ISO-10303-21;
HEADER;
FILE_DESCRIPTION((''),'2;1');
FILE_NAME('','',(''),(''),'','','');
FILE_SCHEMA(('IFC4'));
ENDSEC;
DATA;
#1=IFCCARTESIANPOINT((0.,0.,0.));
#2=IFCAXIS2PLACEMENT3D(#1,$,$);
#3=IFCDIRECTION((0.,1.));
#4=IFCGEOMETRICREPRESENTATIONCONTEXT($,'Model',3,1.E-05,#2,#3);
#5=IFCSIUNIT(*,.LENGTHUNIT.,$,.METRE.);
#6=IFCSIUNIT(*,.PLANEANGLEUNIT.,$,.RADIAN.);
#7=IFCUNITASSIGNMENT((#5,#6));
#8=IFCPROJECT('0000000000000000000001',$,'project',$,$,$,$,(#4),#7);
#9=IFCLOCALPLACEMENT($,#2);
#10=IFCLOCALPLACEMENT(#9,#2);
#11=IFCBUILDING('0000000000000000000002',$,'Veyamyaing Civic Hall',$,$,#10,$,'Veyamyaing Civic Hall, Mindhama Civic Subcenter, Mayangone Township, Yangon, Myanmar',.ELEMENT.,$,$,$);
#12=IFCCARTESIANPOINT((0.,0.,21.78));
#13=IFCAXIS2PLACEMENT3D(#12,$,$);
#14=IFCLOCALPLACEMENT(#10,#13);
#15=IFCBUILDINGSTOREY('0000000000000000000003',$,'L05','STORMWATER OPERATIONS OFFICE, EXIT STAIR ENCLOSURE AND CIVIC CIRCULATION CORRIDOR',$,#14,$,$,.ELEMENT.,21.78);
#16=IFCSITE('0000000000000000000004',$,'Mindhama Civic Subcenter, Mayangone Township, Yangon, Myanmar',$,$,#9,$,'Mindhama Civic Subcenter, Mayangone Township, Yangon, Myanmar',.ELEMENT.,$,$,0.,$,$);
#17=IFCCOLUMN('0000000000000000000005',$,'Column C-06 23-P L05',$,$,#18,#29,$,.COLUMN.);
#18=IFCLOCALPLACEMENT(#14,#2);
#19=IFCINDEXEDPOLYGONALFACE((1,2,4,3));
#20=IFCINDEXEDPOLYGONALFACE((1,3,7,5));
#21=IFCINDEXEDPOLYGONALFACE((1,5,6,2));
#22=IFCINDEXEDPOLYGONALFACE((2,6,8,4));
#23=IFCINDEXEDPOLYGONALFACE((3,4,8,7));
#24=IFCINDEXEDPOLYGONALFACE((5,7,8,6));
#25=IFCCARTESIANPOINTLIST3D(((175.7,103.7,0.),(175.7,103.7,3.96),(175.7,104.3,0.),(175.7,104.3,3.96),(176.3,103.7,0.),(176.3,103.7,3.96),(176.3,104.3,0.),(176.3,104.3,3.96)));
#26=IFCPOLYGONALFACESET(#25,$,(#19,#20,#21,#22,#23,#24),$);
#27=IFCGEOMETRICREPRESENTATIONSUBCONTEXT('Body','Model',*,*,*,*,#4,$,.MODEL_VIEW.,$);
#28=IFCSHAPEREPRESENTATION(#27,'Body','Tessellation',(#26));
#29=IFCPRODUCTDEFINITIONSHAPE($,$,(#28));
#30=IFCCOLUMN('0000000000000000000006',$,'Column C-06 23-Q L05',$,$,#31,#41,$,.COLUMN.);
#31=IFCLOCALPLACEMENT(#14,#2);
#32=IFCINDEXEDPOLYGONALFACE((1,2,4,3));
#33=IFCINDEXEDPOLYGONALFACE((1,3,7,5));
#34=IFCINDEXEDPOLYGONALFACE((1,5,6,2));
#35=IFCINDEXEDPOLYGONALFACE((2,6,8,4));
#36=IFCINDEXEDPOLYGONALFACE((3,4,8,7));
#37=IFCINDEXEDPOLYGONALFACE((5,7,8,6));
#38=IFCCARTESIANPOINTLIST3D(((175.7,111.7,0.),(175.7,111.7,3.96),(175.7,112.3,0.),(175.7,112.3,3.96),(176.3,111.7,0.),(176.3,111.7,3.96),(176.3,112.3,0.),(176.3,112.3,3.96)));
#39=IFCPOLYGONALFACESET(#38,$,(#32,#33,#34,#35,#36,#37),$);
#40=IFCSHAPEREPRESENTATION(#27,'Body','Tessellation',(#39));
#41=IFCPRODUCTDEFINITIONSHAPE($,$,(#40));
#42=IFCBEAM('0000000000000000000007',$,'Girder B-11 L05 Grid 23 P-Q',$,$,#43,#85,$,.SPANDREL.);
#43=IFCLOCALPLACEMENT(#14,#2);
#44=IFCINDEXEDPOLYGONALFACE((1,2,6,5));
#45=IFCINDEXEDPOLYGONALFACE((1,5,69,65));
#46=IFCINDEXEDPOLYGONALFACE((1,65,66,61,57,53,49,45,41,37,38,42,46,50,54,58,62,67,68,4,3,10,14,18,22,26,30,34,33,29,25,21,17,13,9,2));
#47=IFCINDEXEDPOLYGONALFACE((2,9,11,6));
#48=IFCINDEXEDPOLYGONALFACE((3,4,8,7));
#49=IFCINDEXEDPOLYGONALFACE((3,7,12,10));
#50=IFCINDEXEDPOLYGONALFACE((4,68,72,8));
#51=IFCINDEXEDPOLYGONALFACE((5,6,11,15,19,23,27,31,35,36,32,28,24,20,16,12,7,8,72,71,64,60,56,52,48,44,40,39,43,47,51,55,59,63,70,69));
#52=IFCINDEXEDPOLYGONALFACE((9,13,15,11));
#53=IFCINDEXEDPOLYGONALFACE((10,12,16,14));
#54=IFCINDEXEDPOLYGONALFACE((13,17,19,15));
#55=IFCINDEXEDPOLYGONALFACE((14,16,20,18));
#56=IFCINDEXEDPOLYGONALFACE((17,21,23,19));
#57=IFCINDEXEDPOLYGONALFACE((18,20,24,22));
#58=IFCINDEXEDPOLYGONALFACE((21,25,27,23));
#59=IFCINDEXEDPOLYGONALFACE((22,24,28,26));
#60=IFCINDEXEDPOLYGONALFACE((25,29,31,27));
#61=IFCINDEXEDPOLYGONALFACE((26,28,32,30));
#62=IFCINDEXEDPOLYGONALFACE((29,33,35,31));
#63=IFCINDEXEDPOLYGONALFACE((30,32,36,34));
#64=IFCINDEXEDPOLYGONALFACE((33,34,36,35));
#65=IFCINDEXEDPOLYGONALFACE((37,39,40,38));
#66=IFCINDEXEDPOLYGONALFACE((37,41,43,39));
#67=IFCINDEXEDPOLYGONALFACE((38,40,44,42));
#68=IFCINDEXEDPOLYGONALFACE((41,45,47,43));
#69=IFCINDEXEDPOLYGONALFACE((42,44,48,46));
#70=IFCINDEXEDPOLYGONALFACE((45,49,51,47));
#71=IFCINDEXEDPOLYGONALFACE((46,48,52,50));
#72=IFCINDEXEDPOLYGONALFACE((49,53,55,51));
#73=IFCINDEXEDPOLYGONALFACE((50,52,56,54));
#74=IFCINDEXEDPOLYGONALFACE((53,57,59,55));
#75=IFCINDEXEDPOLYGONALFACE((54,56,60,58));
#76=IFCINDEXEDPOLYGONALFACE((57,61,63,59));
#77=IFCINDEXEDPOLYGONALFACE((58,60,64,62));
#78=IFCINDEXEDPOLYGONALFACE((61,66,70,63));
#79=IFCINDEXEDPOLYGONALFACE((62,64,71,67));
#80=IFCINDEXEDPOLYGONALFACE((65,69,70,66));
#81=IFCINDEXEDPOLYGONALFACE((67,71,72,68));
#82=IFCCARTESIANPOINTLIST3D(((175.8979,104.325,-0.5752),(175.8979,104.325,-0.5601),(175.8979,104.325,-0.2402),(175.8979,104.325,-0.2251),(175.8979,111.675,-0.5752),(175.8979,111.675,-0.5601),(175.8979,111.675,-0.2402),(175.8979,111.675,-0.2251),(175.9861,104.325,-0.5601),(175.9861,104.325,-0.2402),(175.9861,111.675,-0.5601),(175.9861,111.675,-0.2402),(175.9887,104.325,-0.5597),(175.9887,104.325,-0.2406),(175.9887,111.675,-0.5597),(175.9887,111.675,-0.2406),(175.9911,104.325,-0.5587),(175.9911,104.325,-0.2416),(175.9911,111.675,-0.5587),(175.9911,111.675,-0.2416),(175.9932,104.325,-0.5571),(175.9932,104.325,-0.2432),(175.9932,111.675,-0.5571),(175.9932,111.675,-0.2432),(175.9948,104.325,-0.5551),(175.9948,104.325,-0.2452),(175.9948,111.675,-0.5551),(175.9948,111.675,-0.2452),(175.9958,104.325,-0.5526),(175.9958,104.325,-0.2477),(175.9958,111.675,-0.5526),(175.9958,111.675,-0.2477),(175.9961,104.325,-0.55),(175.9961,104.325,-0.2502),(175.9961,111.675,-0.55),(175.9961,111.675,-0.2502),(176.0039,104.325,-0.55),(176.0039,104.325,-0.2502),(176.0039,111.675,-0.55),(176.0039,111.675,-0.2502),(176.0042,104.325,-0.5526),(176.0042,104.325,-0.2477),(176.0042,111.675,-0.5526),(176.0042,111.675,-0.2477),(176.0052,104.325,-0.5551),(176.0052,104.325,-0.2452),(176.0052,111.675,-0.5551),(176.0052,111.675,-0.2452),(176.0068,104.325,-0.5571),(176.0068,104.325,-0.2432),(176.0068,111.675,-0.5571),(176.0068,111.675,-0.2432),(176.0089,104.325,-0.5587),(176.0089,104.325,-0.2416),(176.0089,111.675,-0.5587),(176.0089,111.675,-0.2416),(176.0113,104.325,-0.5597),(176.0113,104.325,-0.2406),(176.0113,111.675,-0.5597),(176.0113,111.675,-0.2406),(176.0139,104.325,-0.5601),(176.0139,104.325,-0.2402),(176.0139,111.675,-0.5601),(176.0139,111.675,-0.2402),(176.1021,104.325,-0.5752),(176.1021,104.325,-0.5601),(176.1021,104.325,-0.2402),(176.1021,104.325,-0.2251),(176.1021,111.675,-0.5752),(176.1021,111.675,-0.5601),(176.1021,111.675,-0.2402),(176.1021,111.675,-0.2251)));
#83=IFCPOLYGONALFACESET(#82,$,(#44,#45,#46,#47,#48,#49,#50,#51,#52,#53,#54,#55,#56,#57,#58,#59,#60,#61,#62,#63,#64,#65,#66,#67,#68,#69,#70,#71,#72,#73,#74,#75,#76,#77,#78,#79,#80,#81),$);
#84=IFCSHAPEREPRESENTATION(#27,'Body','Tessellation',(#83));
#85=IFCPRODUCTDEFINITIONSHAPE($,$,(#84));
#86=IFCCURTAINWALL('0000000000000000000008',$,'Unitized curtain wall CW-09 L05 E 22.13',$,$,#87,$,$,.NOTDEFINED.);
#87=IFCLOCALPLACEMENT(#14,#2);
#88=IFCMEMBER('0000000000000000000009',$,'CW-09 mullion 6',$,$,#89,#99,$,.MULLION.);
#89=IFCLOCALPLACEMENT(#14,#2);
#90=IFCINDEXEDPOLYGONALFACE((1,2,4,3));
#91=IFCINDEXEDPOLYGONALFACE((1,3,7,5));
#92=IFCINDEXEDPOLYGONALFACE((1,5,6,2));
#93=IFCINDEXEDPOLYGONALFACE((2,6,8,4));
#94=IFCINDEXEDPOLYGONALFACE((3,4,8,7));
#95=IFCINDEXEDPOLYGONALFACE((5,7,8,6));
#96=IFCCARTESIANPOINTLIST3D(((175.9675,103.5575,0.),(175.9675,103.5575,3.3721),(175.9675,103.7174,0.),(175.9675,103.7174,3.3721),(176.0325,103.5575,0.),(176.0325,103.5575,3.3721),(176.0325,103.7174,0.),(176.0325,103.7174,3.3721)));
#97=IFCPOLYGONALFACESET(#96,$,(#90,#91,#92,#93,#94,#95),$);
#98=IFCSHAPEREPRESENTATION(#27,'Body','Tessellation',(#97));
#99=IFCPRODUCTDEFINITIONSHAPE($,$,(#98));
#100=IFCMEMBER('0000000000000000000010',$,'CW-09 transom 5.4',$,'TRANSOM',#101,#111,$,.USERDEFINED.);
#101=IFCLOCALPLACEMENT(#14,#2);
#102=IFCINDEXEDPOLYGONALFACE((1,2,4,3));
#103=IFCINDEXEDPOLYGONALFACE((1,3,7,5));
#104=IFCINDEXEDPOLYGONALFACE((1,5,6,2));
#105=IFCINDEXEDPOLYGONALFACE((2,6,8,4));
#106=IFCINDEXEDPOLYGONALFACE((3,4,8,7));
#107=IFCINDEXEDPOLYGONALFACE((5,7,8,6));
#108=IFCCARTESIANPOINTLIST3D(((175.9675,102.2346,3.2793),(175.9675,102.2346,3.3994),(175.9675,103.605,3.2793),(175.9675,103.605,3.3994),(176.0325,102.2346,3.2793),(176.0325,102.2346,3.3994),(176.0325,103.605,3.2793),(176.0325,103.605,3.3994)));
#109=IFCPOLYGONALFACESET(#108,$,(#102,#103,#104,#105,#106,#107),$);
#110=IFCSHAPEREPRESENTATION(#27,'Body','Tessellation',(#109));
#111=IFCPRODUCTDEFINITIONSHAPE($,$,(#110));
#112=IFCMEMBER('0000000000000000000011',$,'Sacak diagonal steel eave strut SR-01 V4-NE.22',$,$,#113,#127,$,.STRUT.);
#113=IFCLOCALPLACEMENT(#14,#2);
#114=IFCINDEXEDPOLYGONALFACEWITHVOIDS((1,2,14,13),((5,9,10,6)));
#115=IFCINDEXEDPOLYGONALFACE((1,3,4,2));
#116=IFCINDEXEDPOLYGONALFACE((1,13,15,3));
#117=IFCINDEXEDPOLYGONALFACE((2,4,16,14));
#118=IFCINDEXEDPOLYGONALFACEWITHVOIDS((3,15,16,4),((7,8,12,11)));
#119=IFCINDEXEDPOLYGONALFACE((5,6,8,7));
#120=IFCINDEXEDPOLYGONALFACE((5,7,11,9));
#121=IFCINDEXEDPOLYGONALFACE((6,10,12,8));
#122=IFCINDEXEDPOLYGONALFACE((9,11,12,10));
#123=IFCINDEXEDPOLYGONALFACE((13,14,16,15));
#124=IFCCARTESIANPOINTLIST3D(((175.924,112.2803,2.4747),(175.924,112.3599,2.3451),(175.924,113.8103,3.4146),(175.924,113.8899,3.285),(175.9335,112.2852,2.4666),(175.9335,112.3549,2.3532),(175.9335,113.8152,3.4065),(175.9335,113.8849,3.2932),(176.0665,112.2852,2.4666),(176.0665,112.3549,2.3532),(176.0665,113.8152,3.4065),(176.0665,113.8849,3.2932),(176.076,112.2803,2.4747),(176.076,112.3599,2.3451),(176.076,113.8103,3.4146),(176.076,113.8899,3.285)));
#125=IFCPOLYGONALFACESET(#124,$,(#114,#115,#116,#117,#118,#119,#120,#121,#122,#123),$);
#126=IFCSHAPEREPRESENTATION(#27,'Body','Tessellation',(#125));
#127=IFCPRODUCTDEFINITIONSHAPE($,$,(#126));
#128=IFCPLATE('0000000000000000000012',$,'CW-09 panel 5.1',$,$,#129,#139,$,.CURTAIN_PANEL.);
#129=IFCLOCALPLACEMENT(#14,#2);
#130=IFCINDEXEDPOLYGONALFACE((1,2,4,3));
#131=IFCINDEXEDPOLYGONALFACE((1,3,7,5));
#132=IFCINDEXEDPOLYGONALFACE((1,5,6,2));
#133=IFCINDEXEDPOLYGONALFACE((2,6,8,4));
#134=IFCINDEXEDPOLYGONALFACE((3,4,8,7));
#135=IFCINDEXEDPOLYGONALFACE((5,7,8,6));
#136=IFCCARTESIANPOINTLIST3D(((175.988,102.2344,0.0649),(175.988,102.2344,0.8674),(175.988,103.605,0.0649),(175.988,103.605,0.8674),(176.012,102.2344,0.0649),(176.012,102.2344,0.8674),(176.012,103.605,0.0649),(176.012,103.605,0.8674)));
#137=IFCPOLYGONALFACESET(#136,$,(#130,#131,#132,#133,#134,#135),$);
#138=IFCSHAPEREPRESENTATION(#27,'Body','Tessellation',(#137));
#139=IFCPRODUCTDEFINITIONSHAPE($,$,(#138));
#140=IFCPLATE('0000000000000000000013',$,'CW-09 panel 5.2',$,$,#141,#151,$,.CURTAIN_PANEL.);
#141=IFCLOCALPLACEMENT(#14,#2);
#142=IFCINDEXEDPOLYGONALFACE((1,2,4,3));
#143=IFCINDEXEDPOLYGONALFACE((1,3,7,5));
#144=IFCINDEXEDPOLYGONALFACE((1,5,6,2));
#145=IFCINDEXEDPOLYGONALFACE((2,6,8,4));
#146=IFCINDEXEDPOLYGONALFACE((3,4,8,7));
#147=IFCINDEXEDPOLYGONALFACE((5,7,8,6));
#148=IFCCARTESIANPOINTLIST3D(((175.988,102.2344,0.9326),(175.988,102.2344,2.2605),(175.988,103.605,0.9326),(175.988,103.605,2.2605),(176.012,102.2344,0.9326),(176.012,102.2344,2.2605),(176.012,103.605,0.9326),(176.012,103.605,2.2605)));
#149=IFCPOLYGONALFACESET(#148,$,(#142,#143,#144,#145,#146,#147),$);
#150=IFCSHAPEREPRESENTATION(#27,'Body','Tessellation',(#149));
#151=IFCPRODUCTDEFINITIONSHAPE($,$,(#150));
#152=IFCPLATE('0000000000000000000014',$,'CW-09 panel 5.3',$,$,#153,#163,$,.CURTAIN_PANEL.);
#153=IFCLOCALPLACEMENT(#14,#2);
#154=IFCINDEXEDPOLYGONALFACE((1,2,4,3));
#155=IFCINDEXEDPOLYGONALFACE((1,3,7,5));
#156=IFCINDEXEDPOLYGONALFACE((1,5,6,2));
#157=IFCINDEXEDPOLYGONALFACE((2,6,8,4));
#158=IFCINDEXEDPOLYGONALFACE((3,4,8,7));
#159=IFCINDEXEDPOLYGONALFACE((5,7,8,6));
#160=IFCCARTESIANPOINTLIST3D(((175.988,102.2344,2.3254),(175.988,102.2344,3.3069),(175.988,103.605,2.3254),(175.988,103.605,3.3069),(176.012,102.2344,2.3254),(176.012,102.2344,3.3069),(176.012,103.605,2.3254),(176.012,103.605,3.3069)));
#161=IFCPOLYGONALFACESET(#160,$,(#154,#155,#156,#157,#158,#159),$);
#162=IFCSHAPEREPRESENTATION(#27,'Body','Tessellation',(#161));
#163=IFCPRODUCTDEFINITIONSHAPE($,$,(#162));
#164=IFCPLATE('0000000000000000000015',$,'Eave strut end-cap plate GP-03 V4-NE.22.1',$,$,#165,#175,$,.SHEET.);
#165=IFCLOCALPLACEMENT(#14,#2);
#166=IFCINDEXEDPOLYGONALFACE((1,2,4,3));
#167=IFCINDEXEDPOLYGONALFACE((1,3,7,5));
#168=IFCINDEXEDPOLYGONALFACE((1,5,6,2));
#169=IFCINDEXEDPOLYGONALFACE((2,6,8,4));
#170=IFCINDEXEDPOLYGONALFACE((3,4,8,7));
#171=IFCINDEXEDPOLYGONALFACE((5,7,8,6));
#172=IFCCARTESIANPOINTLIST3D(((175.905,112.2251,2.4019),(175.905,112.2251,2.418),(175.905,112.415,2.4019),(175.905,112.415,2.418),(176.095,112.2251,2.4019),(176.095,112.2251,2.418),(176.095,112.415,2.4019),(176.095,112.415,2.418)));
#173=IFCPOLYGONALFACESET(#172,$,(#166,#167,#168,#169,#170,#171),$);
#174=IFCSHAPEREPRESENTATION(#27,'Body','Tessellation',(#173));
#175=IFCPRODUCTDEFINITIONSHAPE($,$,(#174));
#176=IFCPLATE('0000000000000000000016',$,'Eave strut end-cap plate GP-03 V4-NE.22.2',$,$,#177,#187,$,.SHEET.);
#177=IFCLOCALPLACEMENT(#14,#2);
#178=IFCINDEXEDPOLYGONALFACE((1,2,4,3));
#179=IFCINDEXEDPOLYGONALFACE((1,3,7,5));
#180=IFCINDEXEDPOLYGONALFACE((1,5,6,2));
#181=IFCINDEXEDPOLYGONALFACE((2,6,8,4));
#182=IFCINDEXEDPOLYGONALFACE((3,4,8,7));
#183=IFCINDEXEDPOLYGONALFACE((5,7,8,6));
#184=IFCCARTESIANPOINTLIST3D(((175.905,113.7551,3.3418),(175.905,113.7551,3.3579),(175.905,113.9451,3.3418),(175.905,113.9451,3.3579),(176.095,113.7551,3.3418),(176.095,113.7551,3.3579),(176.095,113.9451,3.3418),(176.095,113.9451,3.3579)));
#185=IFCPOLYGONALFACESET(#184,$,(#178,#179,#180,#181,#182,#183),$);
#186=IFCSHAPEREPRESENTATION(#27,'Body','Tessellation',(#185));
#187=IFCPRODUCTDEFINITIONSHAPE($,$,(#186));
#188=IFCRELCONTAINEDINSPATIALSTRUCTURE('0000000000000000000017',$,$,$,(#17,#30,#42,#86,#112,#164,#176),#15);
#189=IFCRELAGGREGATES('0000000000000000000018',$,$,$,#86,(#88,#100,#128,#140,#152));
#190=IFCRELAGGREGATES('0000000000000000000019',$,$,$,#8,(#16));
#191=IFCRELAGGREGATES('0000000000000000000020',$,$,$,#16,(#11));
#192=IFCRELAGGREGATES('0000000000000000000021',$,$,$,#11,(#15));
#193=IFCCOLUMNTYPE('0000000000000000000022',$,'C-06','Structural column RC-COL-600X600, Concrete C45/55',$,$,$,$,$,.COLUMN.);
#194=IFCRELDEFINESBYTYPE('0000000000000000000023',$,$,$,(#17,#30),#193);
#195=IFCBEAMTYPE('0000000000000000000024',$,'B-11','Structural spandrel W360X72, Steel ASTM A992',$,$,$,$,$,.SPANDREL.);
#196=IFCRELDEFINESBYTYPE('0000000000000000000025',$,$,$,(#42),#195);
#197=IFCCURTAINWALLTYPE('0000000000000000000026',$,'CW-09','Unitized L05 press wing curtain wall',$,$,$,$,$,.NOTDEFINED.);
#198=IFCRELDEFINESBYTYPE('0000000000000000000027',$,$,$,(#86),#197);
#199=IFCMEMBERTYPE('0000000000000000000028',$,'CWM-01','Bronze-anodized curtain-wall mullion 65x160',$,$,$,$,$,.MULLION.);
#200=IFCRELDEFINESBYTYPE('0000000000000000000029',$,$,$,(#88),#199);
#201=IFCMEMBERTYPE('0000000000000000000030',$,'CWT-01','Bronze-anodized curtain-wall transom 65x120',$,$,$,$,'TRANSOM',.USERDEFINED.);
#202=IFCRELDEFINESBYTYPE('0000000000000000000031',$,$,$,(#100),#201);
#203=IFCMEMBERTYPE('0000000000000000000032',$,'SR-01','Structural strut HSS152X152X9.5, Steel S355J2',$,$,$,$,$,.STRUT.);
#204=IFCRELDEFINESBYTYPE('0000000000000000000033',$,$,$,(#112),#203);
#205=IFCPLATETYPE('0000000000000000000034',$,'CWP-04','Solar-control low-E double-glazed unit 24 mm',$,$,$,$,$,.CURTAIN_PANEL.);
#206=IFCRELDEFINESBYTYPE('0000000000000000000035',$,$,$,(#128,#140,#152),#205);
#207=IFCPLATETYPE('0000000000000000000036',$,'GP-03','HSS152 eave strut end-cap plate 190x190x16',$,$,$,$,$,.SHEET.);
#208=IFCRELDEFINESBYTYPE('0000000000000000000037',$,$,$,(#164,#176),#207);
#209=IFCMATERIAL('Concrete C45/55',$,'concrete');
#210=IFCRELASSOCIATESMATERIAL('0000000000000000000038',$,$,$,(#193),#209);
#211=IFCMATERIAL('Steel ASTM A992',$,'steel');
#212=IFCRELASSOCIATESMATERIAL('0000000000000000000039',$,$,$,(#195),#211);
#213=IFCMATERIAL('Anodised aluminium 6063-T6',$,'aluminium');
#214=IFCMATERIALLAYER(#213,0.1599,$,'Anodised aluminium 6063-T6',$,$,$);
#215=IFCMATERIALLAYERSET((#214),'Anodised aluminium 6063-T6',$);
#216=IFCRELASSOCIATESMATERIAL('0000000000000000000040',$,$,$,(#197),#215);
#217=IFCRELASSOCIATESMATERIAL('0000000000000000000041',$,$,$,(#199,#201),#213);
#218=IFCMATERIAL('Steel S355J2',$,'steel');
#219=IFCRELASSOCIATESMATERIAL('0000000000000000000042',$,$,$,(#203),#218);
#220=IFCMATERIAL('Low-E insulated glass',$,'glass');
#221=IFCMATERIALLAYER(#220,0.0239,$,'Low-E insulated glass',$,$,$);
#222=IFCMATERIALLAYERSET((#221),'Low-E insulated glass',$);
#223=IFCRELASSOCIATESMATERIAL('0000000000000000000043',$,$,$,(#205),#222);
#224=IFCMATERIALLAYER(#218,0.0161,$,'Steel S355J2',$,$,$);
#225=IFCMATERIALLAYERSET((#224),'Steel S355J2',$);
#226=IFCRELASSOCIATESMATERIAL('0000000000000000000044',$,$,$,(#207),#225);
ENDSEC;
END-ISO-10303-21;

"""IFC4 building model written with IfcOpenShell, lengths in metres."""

from ifc_helpers import new_model, si_unit, direction, frame, origin, origin_2d, place, context, subcontext, project, spatial, rectangle, hollow_rectangle, i_section, extrude, material, layer, layer_set, material_profile, profile_set, type_object, element, aggregate, save


model = new_model("IFC4")

# Units and contexts
model_context = context("Model", 3, precision=1e-05, world=origin(), true_north=direction((0.0, 1.0)))
body_context = subcontext(model_context, "Body", "Model", "MODEL_VIEW")
ifc_project = project(units=[si_unit("LENGTHUNIT", "METRE"), si_unit("PLANEANGLEUNIT", "RADIAN")], contexts=[model_context])

# Site, building, storey
site_placement = place(None, origin())
site = spatial("IfcSite", under=ifc_project, at=site_placement, Name="Mindhama Civic Subcenter, Mayangone Township, Yangon, Myanmar", LongName="Mindhama Civic Subcenter, Mayangone Township, Yangon, Myanmar", CompositionType="ELEMENT", RefElevation=0.0)
building_placement = place(site_placement, origin())
building = spatial("IfcBuilding", under=site, at=building_placement, Name="Veyamyaing Civic Hall", LongName="Veyamyaing Civic Hall, Mindhama Civic Subcenter, Mayangone Township, Yangon, Myanmar", CompositionType="ELEMENT")
storey_placement = place(building_placement, frame((0.0, 0.0, 21.78)))
storey = spatial("IfcBuildingStorey", under=building, at=storey_placement, Name="L05", Description="STORMWATER OPERATIONS OFFICE, EXIT STAIR ENCLOSURE AND CIVIC CIRCULATION CORRIDOR", CompositionType="ELEMENT", Elevation=21.78)

# Columns
ifc_material_1 = material(Name="Concrete C45/55", Category="concrete")
ifc_material_profile_1 = material_profile(ifc_material_1, rectangle(XDim=0.6001, YDim=0.6001, at=origin_2d()), Name="RC-COL-600X600")
ifc_profile_set_1 = profile_set([ifc_material_profile_1], Name="Concrete C45/55")
column_type = type_object("IfcColumnType", Name="C-06", Description="Structural column RC-COL-600X600, Concrete C45/55", PredefinedType="COLUMN", material=ifc_profile_set_1)
for number, where, z_axis, x_axis, name in (
    (1, (176.0, 104.0, 0.0), (0.0, 0.0, 1.0), (1.0, 0.0, 0.0), "Column C-06 23-P L05"),
    (2, (176.0, 112.0, 0.0), (0.0, 0.0, 1.0), (1.0, 0.0, 0.0), "Column C-06 23-Q L05"),
):
    element("IfcColumn", number, at=place(storey_placement, frame(where, z_axis=z_axis, x_axis=x_axis)), inside=storey, type_object=column_type, Name=name, PredefinedType="COLUMN", context=body_context, shape_type="SweptSolid", body=[
        extrude(rectangle(XDim=0.6001, YDim=0.6001, at=origin_2d()), origin(), (0.0, 0.0, 1.0), 3.96),
    ])

# Beam
ifc_material_2 = material(Name="Steel ASTM A992", Category="steel")
ifc_material_profile_2 = material_profile(ifc_material_2, i_section(OverallWidth=0.2041, OverallDepth=0.3501, WebThickness=0.0078, FlangeThickness=0.0151, FilletRadius=0.01, at=origin_2d()), Name="W360X72")
ifc_profile_set_2 = profile_set([ifc_material_profile_2], Name="Steel ASTM A992")
beam_type = type_object("IfcBeamType", Name="B-11", Description="Structural spandrel W360X72, Steel ASTM A992", PredefinedType="SPANDREL", material=ifc_profile_set_2)
beam_placement = place(storey_placement, frame((176.0, 104.325, -0.4001), z_axis=(0.0, 1.0, 0.0), x_axis=(-1.0, 0.0, 0.0)))
element("IfcBeam", 3, at=beam_placement, inside=storey, type_object=beam_type, Name="Girder B-11 L05 Grid 23 P-Q", PredefinedType="SPANDREL", context=body_context, shape_type="SweptSolid", body=[
    extrude(i_section(OverallWidth=0.2041, OverallDepth=0.3501, WebThickness=0.0078, FlangeThickness=0.0151, FilletRadius=0.01, at=origin_2d()), origin(), (0.0, 0.0, 1.0), 7.3501),
])

# Curtain wall, members
ifc_material_3 = material(Name="Anodised aluminium 6063-T6", Category="aluminium")
ifc_layer_1 = layer(ifc_material_3, 0.1599, Name="Anodised aluminium 6063-T6")
ifc_layer_set_1 = layer_set([ifc_layer_1], Name="Anodised aluminium 6063-T6")
curtain_wall_type = type_object("IfcCurtainWallType", Name="CW-09", Description="Unitized L05 press wing curtain wall", PredefinedType="NOTDEFINED", material=ifc_layer_set_1)
curtain_wall_placement = place(storey_placement, origin())
curtain_wall = element("IfcCurtainWall", 4, at=curtain_wall_placement, inside=storey, type_object=curtain_wall_type, Name="Unitized curtain wall CW-09 L05 E 22.13", PredefinedType="NOTDEFINED")
ifc_material_profile_3 = material_profile(ifc_material_3, rectangle(XDim=0.0649, YDim=0.1599, at=origin_2d()), Name="ALU-MUL-65X160")
ifc_profile_set_3 = profile_set([ifc_material_profile_3], Name="Anodised aluminium 6063-T6")
member_type_1 = type_object("IfcMemberType", Name="CWM-01", Description="Bronze-anodized curtain-wall mullion 65x160", PredefinedType="MULLION", material=ifc_profile_set_3)
member_1_placement = place(storey_placement, frame((176.0, 103.6375, 0.0), z_axis=(0.0, 0.0, 1.0), x_axis=(-1.0, 0.0, 0.0)))
member_1 = element("IfcMember", 5, at=member_1_placement, type_object=member_type_1, Name="CW-09 mullion 6", PredefinedType="MULLION", context=body_context, shape_type="SweptSolid", body=[
    extrude(rectangle(XDim=0.0649, YDim=0.1599, at=origin_2d()), origin(), (0.0, 0.0, 1.0), 3.3721),
])
ifc_material_profile_4 = material_profile(ifc_material_3, rectangle(XDim=0.0649, YDim=0.1201, at=origin_2d()), Name="ALU-TRN-65X120")
ifc_profile_set_4 = profile_set([ifc_material_profile_4], Name="Anodised aluminium 6063-T6")
member_type_2 = type_object("IfcMemberType", Name="CWT-01", Description="Bronze-anodized curtain-wall transom 65x120", ElementType="TRANSOM", PredefinedType="USERDEFINED", material=ifc_profile_set_4)
member_2_placement = place(storey_placement, frame((176.0, 102.2346, 3.3394), z_axis=(0.0, 1.0, 0.0), x_axis=(-1.0, 0.0, 0.0)))
member_2 = element("IfcMember", 6, at=member_2_placement, type_object=member_type_2, Name="CW-09 transom 5.4", ObjectType="TRANSOM", PredefinedType="USERDEFINED", context=body_context, shape_type="SweptSolid", body=[
    extrude(rectangle(XDim=0.0649, YDim=0.1201, at=origin_2d()), origin(), (0.0, 0.0, 1.0), 1.3704),
])

# Member
ifc_material_4 = material(Name="Steel S355J2", Category="steel")
ifc_material_profile_5 = material_profile(ifc_material_4, hollow_rectangle(XDim=0.1521, YDim=0.1521, WallThickness=0.0095, at=origin_2d()), Name="HSS152X152X9.5")
ifc_profile_set_5 = profile_set([ifc_material_profile_5], Name="Steel S355J2")
member_type_3 = type_object("IfcMemberType", Name="SR-01", Description="Structural strut HSS152X152X9.5, Steel S355J2", PredefinedType="STRUT", material=ifc_profile_set_5)
member_3_placement = place(storey_placement, frame((176.0, 112.3201, 2.4099), z_axis=(0.0, 0.85206, 0.523445), x_axis=(-1.0, 0.0, 0.0)))
element("IfcMember", 7, at=member_3_placement, inside=storey, type_object=member_type_3, Name="Sacak diagonal steel eave strut SR-01 V4-NE.22", PredefinedType="STRUT", context=body_context, shape_type="SweptSolid", body=[
    extrude(hollow_rectangle(XDim=0.1521, YDim=0.1521, WallThickness=0.0095, at=origin_2d()), origin(), (0.0, 0.0, 1.0), 1.7957),
])

# Plates
ifc_material_5 = material(Name="Low-E insulated glass", Category="glass")
ifc_layer_2 = layer(ifc_material_5, 0.0239, Name="Low-E insulated glass")
ifc_layer_set_2 = layer_set([ifc_layer_2], Name="Low-E insulated glass")
plate_type_1 = type_object("IfcPlateType", Name="CWP-04", Description="Solar-control low-E double-glazed unit 24 mm", PredefinedType="CURTAIN_PANEL", material=ifc_layer_set_2)
plate_1_placement = place(storey_placement, frame((176.0, 102.9197, 0.0649), z_axis=(0.0, 0.0, 1.0), x_axis=(0.0, 1.0, 0.0)))
plate_1 = element("IfcPlate", 8, at=plate_1_placement, type_object=plate_type_1, Name="CW-09 panel 5.1", PredefinedType="CURTAIN_PANEL", context=body_context, shape_type="SweptSolid", body=[
    extrude(rectangle(XDim=1.3706, YDim=0.0239, at=origin_2d()), origin(), (0.0, 0.0, 1.0), 0.8025),
])
plate_2_placement = place(storey_placement, frame((176.0, 102.9197, 0.9326), z_axis=(0.0, 0.0, 1.0), x_axis=(0.0, 1.0, 0.0)))
plate_2 = element("IfcPlate", 9, at=plate_2_placement, type_object=plate_type_1, Name="CW-09 panel 5.2", PredefinedType="CURTAIN_PANEL", context=body_context, shape_type="SweptSolid", body=[
    extrude(rectangle(XDim=1.3706, YDim=0.0239, at=origin_2d()), origin(), (0.0, 0.0, 1.0), 1.3279),
])
plate_3_placement = place(storey_placement, frame((176.0, 102.9197, 2.3254), z_axis=(0.0, 0.0, 1.0), x_axis=(0.0, 1.0, 0.0)))
plate_3 = element("IfcPlate", 10, at=plate_3_placement, type_object=plate_type_1, Name="CW-09 panel 5.3", PredefinedType="CURTAIN_PANEL", context=body_context, shape_type="SweptSolid", body=[
    extrude(rectangle(XDim=1.3706, YDim=0.0239, at=origin_2d()), origin(), (0.0, 0.0, 1.0), 0.9814),
])
aggregate(curtain_wall, [member_1, member_2, plate_1, plate_2, plate_3])

# Plates
ifc_layer_3 = layer(ifc_material_4, 0.0161, Name="Steel S355J2")
ifc_layer_set_3 = layer_set([ifc_layer_3], Name="Steel S355J2")
plate_type_2 = type_object("IfcPlateType", Name="GP-03", Description="HSS152 eave strut end-cap plate 190x190x16", PredefinedType="SHEET", material=ifc_layer_set_3)
for number, where, z_axis, x_axis, name in (
    (11, (176.0, 112.3201, 2.4019), (0.0, 0.0, 1.0), (0.0, 1.0, 0.0), "Eave strut end-cap plate GP-03 V4-NE.22.1"),
    (12, (176.0, 113.8501, 3.3418), (0.0, 0.0, 1.0), (0.0, 1.0, 0.0), "Eave strut end-cap plate GP-03 V4-NE.22.2"),
):
    element("IfcPlate", number, at=place(storey_placement, frame(where, z_axis=z_axis, x_axis=x_axis)), inside=storey, type_object=plate_type_2, Name=name, PredefinedType="SHEET", context=body_context, shape_type="SweptSolid", body=[
        extrude(rectangle(XDim=0.1899, YDim=0.1899, at=origin_2d()), origin(), (0.0, 0.0, 1.0), 0.0161),
    ])

save(model, "model.ifc")
